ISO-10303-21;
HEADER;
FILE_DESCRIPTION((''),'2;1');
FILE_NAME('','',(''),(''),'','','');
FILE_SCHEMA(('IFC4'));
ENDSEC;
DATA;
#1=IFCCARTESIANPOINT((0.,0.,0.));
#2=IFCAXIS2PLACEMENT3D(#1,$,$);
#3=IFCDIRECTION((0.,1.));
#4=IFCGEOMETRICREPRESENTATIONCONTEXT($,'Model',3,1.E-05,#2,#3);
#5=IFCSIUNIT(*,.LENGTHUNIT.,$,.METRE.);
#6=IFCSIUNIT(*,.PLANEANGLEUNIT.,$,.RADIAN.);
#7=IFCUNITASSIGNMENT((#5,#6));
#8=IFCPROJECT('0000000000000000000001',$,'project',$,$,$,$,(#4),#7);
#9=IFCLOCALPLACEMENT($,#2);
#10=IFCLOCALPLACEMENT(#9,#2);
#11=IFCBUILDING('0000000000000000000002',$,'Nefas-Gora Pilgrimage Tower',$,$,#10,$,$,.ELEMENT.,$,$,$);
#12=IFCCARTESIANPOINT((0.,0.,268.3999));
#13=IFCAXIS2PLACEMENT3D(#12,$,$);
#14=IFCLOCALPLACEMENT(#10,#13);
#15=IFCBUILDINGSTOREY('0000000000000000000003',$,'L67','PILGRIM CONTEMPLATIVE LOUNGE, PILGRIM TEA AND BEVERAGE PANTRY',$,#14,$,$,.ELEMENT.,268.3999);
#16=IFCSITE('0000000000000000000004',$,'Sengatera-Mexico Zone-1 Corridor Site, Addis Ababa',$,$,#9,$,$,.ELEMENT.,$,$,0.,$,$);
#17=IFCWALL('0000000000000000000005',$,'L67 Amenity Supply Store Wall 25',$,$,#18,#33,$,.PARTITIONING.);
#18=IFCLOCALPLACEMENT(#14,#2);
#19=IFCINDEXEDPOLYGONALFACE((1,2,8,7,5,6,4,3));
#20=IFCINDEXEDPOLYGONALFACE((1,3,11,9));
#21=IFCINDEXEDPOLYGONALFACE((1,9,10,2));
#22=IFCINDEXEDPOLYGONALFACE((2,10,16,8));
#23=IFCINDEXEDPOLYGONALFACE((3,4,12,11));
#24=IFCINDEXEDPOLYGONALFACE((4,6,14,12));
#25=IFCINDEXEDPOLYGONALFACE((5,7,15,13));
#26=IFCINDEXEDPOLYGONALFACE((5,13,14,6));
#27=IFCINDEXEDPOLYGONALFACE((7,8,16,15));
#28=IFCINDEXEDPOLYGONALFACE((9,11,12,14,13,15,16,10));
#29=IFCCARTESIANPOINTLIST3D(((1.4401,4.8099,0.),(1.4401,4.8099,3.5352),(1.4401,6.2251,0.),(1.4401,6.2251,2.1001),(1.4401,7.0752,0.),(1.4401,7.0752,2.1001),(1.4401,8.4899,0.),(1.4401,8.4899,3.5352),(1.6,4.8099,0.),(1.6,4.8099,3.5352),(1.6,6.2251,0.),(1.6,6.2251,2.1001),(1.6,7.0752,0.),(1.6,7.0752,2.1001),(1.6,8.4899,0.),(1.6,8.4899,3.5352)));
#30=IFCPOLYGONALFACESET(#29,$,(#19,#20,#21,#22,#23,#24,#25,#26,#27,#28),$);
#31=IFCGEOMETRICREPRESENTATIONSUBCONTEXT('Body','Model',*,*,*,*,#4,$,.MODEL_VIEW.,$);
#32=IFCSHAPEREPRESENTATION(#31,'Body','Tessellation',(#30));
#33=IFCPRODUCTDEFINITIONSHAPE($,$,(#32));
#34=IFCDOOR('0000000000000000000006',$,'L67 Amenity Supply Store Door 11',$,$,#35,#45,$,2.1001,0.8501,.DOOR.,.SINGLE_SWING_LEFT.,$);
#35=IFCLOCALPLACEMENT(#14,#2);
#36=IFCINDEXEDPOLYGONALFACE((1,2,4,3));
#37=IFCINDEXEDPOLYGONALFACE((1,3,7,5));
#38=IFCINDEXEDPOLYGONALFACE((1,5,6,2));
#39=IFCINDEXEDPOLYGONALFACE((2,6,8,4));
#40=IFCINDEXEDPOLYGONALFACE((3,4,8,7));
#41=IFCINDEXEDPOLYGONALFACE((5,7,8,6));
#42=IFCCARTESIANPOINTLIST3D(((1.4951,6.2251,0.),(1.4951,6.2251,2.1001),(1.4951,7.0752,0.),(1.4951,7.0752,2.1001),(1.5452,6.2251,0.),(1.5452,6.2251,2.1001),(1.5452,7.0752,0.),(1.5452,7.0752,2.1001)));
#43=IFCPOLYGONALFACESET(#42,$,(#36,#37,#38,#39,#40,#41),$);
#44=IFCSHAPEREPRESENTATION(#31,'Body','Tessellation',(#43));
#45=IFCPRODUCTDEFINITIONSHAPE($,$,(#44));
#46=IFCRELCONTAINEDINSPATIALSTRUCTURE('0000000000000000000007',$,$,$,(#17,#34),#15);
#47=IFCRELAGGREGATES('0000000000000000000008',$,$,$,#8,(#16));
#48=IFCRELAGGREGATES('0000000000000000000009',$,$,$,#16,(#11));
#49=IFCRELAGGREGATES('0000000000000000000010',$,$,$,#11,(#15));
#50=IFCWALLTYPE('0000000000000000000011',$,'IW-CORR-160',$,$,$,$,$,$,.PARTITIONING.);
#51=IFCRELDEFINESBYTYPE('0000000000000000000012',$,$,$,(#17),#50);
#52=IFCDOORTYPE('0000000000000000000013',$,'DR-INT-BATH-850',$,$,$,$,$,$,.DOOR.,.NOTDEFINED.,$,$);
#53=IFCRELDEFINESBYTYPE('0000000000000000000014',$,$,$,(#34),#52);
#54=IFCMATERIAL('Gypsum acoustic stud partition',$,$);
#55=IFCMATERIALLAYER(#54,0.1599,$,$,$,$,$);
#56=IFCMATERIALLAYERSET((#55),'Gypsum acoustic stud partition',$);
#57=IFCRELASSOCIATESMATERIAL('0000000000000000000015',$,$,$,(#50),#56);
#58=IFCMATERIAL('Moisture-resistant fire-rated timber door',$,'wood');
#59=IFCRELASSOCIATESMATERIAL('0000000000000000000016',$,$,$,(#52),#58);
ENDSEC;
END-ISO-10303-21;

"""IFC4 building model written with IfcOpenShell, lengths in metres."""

from ifc_helpers import new_model, si_unit, direction, frame, frame_2d, origin, place, context, subcontext, project, spatial, rectangle, extrude, source, transform, mapped, material, layer, layer_set, type_object, element, fill, save


model = new_model("IFC4")

# Units and contexts
model_context = context("Model", 3, precision=1e-05, world=origin(), true_north=direction((0.0, 1.0)))
body_context = subcontext(model_context, "Body", "Model", "MODEL_VIEW")
ifc_project = project(units=[si_unit("LENGTHUNIT", "METRE"), si_unit("PLANEANGLEUNIT", "RADIAN")], contexts=[model_context])

# Site, building, storey
site_placement = place(None, origin())
site = spatial("IfcSite", under=ifc_project, at=site_placement, Name="Sengatera-Mexico Zone-1 Corridor Site, Addis Ababa", CompositionType="ELEMENT", RefElevation=0.0)
building_placement = place(site_placement, origin())
building = spatial("IfcBuilding", under=site, at=building_placement, Name="Nefas-Gora Pilgrimage Tower", CompositionType="ELEMENT")
storey_placement = place(building_placement, frame((0.0, 0.0, 268.3999)))
storey = spatial("IfcBuildingStorey", under=building, at=storey_placement, Name="L67", Description="PILGRIM CONTEMPLATIVE LOUNGE, PILGRIM TEA AND BEVERAGE PANTRY", CompositionType="ELEMENT", Elevation=268.3999)

# Shared definitions
ifc_material_1 = material(Name="Gypsum acoustic stud partition")
ifc_layer_1 = layer(ifc_material_1, 0.1599)
ifc_layer_set_1 = layer_set([ifc_layer_1], Name="Gypsum acoustic stud partition")
wall_type_1 = type_object("IfcWallType", Name="IW-CORR-160", PredefinedType="PARTITIONING", material=ifc_layer_set_1)

# Wall, opening, door
ifc_material_2 = material(Name="Moisture-resistant fire-rated timber door", Category="wood")
door_type_1 = type_object("IfcDoorType", Name="DR-INT-BATH-850", OperationType="NOTDEFINED", PredefinedType="DOOR", material=ifc_material_2)
shared_shape_1 = source(origin(), body_context, "Body", "SweptSolid", [
    extrude(rectangle(XDim=0.8501, YDim=2.1001, at=frame_2d((0.425, 1.05))), frame((0.0, 0.0249, 0.0), z_axis=(0.0, -1.0, 0.0), x_axis=(1.0, 0.0, 0.0)), (0.0, 0.0, 1.0), 0.05),
])
shared_shape_2 = source(origin(), body_context, "Body", "SweptSolid", [
    extrude(rectangle(XDim=3.6799, YDim=0.1599, at=frame_2d((1.8398, 0.0))), origin(), (0.0, 0.0, 1.0), 3.5352),
])
wall_1_placement = place(storey_placement, frame((1.52, 4.8101, 0.0), z_axis=(0.0, 0.0, 1.0), x_axis=(0.0, 1.0, 0.0)))
wall_1 = element("IfcWall", 1, at=wall_1_placement, inside=storey, type_object=wall_type_1, Name="L67 Amenity Supply Store Wall 25", PredefinedType="PARTITIONING", context=body_context, shape_type="MappedRepresentation", body=[
    mapped(shared_shape_2, transform((0.0, 0.0, 0.0), x_axis=(1.0, 0.0, 0.0), y_axis=(0.0, 1.0, 0.0), z_axis=(0.0, 0.0, 1.0), scale=1.0)),
])
opening_1_placement = place(wall_1_placement, frame((1.415, 0.0, 0.0)))
opening_1 = element("IfcOpeningElement", 2, at=opening_1_placement, cuts=wall_1, PredefinedType="OPENING", context=body_context, shape_type="SweptSolid", body=[
    extrude(rectangle(XDim=0.8501, YDim=2.1001, at=frame_2d((0.425, 1.05))), frame((0.0, 0.0898, 0.0), z_axis=(0.0, -1.0, 0.0), x_axis=(1.0, 0.0, 0.0)), (0.0, 0.0, 1.0), 0.1799),
])
door_1_placement = place(opening_1_placement, origin())
door_1 = element("IfcDoor", 3, at=door_1_placement, inside=storey, type_object=door_type_1, Name="L67 Amenity Supply Store Door 11", OperationType="SINGLE_SWING_LEFT", OverallHeight=2.1001, OverallWidth=0.8501, PredefinedType="DOOR", context=body_context, shape_type="MappedRepresentation", body=[
    mapped(shared_shape_1, transform((0.0, 0.0, 0.0), x_axis=(1.0, 0.0, 0.0), y_axis=(0.0, 1.0, 0.0), z_axis=(0.0, 0.0, 1.0), scale=1.0)),
])
fill(opening_1, door_1)

save(model, "model.ifc")
